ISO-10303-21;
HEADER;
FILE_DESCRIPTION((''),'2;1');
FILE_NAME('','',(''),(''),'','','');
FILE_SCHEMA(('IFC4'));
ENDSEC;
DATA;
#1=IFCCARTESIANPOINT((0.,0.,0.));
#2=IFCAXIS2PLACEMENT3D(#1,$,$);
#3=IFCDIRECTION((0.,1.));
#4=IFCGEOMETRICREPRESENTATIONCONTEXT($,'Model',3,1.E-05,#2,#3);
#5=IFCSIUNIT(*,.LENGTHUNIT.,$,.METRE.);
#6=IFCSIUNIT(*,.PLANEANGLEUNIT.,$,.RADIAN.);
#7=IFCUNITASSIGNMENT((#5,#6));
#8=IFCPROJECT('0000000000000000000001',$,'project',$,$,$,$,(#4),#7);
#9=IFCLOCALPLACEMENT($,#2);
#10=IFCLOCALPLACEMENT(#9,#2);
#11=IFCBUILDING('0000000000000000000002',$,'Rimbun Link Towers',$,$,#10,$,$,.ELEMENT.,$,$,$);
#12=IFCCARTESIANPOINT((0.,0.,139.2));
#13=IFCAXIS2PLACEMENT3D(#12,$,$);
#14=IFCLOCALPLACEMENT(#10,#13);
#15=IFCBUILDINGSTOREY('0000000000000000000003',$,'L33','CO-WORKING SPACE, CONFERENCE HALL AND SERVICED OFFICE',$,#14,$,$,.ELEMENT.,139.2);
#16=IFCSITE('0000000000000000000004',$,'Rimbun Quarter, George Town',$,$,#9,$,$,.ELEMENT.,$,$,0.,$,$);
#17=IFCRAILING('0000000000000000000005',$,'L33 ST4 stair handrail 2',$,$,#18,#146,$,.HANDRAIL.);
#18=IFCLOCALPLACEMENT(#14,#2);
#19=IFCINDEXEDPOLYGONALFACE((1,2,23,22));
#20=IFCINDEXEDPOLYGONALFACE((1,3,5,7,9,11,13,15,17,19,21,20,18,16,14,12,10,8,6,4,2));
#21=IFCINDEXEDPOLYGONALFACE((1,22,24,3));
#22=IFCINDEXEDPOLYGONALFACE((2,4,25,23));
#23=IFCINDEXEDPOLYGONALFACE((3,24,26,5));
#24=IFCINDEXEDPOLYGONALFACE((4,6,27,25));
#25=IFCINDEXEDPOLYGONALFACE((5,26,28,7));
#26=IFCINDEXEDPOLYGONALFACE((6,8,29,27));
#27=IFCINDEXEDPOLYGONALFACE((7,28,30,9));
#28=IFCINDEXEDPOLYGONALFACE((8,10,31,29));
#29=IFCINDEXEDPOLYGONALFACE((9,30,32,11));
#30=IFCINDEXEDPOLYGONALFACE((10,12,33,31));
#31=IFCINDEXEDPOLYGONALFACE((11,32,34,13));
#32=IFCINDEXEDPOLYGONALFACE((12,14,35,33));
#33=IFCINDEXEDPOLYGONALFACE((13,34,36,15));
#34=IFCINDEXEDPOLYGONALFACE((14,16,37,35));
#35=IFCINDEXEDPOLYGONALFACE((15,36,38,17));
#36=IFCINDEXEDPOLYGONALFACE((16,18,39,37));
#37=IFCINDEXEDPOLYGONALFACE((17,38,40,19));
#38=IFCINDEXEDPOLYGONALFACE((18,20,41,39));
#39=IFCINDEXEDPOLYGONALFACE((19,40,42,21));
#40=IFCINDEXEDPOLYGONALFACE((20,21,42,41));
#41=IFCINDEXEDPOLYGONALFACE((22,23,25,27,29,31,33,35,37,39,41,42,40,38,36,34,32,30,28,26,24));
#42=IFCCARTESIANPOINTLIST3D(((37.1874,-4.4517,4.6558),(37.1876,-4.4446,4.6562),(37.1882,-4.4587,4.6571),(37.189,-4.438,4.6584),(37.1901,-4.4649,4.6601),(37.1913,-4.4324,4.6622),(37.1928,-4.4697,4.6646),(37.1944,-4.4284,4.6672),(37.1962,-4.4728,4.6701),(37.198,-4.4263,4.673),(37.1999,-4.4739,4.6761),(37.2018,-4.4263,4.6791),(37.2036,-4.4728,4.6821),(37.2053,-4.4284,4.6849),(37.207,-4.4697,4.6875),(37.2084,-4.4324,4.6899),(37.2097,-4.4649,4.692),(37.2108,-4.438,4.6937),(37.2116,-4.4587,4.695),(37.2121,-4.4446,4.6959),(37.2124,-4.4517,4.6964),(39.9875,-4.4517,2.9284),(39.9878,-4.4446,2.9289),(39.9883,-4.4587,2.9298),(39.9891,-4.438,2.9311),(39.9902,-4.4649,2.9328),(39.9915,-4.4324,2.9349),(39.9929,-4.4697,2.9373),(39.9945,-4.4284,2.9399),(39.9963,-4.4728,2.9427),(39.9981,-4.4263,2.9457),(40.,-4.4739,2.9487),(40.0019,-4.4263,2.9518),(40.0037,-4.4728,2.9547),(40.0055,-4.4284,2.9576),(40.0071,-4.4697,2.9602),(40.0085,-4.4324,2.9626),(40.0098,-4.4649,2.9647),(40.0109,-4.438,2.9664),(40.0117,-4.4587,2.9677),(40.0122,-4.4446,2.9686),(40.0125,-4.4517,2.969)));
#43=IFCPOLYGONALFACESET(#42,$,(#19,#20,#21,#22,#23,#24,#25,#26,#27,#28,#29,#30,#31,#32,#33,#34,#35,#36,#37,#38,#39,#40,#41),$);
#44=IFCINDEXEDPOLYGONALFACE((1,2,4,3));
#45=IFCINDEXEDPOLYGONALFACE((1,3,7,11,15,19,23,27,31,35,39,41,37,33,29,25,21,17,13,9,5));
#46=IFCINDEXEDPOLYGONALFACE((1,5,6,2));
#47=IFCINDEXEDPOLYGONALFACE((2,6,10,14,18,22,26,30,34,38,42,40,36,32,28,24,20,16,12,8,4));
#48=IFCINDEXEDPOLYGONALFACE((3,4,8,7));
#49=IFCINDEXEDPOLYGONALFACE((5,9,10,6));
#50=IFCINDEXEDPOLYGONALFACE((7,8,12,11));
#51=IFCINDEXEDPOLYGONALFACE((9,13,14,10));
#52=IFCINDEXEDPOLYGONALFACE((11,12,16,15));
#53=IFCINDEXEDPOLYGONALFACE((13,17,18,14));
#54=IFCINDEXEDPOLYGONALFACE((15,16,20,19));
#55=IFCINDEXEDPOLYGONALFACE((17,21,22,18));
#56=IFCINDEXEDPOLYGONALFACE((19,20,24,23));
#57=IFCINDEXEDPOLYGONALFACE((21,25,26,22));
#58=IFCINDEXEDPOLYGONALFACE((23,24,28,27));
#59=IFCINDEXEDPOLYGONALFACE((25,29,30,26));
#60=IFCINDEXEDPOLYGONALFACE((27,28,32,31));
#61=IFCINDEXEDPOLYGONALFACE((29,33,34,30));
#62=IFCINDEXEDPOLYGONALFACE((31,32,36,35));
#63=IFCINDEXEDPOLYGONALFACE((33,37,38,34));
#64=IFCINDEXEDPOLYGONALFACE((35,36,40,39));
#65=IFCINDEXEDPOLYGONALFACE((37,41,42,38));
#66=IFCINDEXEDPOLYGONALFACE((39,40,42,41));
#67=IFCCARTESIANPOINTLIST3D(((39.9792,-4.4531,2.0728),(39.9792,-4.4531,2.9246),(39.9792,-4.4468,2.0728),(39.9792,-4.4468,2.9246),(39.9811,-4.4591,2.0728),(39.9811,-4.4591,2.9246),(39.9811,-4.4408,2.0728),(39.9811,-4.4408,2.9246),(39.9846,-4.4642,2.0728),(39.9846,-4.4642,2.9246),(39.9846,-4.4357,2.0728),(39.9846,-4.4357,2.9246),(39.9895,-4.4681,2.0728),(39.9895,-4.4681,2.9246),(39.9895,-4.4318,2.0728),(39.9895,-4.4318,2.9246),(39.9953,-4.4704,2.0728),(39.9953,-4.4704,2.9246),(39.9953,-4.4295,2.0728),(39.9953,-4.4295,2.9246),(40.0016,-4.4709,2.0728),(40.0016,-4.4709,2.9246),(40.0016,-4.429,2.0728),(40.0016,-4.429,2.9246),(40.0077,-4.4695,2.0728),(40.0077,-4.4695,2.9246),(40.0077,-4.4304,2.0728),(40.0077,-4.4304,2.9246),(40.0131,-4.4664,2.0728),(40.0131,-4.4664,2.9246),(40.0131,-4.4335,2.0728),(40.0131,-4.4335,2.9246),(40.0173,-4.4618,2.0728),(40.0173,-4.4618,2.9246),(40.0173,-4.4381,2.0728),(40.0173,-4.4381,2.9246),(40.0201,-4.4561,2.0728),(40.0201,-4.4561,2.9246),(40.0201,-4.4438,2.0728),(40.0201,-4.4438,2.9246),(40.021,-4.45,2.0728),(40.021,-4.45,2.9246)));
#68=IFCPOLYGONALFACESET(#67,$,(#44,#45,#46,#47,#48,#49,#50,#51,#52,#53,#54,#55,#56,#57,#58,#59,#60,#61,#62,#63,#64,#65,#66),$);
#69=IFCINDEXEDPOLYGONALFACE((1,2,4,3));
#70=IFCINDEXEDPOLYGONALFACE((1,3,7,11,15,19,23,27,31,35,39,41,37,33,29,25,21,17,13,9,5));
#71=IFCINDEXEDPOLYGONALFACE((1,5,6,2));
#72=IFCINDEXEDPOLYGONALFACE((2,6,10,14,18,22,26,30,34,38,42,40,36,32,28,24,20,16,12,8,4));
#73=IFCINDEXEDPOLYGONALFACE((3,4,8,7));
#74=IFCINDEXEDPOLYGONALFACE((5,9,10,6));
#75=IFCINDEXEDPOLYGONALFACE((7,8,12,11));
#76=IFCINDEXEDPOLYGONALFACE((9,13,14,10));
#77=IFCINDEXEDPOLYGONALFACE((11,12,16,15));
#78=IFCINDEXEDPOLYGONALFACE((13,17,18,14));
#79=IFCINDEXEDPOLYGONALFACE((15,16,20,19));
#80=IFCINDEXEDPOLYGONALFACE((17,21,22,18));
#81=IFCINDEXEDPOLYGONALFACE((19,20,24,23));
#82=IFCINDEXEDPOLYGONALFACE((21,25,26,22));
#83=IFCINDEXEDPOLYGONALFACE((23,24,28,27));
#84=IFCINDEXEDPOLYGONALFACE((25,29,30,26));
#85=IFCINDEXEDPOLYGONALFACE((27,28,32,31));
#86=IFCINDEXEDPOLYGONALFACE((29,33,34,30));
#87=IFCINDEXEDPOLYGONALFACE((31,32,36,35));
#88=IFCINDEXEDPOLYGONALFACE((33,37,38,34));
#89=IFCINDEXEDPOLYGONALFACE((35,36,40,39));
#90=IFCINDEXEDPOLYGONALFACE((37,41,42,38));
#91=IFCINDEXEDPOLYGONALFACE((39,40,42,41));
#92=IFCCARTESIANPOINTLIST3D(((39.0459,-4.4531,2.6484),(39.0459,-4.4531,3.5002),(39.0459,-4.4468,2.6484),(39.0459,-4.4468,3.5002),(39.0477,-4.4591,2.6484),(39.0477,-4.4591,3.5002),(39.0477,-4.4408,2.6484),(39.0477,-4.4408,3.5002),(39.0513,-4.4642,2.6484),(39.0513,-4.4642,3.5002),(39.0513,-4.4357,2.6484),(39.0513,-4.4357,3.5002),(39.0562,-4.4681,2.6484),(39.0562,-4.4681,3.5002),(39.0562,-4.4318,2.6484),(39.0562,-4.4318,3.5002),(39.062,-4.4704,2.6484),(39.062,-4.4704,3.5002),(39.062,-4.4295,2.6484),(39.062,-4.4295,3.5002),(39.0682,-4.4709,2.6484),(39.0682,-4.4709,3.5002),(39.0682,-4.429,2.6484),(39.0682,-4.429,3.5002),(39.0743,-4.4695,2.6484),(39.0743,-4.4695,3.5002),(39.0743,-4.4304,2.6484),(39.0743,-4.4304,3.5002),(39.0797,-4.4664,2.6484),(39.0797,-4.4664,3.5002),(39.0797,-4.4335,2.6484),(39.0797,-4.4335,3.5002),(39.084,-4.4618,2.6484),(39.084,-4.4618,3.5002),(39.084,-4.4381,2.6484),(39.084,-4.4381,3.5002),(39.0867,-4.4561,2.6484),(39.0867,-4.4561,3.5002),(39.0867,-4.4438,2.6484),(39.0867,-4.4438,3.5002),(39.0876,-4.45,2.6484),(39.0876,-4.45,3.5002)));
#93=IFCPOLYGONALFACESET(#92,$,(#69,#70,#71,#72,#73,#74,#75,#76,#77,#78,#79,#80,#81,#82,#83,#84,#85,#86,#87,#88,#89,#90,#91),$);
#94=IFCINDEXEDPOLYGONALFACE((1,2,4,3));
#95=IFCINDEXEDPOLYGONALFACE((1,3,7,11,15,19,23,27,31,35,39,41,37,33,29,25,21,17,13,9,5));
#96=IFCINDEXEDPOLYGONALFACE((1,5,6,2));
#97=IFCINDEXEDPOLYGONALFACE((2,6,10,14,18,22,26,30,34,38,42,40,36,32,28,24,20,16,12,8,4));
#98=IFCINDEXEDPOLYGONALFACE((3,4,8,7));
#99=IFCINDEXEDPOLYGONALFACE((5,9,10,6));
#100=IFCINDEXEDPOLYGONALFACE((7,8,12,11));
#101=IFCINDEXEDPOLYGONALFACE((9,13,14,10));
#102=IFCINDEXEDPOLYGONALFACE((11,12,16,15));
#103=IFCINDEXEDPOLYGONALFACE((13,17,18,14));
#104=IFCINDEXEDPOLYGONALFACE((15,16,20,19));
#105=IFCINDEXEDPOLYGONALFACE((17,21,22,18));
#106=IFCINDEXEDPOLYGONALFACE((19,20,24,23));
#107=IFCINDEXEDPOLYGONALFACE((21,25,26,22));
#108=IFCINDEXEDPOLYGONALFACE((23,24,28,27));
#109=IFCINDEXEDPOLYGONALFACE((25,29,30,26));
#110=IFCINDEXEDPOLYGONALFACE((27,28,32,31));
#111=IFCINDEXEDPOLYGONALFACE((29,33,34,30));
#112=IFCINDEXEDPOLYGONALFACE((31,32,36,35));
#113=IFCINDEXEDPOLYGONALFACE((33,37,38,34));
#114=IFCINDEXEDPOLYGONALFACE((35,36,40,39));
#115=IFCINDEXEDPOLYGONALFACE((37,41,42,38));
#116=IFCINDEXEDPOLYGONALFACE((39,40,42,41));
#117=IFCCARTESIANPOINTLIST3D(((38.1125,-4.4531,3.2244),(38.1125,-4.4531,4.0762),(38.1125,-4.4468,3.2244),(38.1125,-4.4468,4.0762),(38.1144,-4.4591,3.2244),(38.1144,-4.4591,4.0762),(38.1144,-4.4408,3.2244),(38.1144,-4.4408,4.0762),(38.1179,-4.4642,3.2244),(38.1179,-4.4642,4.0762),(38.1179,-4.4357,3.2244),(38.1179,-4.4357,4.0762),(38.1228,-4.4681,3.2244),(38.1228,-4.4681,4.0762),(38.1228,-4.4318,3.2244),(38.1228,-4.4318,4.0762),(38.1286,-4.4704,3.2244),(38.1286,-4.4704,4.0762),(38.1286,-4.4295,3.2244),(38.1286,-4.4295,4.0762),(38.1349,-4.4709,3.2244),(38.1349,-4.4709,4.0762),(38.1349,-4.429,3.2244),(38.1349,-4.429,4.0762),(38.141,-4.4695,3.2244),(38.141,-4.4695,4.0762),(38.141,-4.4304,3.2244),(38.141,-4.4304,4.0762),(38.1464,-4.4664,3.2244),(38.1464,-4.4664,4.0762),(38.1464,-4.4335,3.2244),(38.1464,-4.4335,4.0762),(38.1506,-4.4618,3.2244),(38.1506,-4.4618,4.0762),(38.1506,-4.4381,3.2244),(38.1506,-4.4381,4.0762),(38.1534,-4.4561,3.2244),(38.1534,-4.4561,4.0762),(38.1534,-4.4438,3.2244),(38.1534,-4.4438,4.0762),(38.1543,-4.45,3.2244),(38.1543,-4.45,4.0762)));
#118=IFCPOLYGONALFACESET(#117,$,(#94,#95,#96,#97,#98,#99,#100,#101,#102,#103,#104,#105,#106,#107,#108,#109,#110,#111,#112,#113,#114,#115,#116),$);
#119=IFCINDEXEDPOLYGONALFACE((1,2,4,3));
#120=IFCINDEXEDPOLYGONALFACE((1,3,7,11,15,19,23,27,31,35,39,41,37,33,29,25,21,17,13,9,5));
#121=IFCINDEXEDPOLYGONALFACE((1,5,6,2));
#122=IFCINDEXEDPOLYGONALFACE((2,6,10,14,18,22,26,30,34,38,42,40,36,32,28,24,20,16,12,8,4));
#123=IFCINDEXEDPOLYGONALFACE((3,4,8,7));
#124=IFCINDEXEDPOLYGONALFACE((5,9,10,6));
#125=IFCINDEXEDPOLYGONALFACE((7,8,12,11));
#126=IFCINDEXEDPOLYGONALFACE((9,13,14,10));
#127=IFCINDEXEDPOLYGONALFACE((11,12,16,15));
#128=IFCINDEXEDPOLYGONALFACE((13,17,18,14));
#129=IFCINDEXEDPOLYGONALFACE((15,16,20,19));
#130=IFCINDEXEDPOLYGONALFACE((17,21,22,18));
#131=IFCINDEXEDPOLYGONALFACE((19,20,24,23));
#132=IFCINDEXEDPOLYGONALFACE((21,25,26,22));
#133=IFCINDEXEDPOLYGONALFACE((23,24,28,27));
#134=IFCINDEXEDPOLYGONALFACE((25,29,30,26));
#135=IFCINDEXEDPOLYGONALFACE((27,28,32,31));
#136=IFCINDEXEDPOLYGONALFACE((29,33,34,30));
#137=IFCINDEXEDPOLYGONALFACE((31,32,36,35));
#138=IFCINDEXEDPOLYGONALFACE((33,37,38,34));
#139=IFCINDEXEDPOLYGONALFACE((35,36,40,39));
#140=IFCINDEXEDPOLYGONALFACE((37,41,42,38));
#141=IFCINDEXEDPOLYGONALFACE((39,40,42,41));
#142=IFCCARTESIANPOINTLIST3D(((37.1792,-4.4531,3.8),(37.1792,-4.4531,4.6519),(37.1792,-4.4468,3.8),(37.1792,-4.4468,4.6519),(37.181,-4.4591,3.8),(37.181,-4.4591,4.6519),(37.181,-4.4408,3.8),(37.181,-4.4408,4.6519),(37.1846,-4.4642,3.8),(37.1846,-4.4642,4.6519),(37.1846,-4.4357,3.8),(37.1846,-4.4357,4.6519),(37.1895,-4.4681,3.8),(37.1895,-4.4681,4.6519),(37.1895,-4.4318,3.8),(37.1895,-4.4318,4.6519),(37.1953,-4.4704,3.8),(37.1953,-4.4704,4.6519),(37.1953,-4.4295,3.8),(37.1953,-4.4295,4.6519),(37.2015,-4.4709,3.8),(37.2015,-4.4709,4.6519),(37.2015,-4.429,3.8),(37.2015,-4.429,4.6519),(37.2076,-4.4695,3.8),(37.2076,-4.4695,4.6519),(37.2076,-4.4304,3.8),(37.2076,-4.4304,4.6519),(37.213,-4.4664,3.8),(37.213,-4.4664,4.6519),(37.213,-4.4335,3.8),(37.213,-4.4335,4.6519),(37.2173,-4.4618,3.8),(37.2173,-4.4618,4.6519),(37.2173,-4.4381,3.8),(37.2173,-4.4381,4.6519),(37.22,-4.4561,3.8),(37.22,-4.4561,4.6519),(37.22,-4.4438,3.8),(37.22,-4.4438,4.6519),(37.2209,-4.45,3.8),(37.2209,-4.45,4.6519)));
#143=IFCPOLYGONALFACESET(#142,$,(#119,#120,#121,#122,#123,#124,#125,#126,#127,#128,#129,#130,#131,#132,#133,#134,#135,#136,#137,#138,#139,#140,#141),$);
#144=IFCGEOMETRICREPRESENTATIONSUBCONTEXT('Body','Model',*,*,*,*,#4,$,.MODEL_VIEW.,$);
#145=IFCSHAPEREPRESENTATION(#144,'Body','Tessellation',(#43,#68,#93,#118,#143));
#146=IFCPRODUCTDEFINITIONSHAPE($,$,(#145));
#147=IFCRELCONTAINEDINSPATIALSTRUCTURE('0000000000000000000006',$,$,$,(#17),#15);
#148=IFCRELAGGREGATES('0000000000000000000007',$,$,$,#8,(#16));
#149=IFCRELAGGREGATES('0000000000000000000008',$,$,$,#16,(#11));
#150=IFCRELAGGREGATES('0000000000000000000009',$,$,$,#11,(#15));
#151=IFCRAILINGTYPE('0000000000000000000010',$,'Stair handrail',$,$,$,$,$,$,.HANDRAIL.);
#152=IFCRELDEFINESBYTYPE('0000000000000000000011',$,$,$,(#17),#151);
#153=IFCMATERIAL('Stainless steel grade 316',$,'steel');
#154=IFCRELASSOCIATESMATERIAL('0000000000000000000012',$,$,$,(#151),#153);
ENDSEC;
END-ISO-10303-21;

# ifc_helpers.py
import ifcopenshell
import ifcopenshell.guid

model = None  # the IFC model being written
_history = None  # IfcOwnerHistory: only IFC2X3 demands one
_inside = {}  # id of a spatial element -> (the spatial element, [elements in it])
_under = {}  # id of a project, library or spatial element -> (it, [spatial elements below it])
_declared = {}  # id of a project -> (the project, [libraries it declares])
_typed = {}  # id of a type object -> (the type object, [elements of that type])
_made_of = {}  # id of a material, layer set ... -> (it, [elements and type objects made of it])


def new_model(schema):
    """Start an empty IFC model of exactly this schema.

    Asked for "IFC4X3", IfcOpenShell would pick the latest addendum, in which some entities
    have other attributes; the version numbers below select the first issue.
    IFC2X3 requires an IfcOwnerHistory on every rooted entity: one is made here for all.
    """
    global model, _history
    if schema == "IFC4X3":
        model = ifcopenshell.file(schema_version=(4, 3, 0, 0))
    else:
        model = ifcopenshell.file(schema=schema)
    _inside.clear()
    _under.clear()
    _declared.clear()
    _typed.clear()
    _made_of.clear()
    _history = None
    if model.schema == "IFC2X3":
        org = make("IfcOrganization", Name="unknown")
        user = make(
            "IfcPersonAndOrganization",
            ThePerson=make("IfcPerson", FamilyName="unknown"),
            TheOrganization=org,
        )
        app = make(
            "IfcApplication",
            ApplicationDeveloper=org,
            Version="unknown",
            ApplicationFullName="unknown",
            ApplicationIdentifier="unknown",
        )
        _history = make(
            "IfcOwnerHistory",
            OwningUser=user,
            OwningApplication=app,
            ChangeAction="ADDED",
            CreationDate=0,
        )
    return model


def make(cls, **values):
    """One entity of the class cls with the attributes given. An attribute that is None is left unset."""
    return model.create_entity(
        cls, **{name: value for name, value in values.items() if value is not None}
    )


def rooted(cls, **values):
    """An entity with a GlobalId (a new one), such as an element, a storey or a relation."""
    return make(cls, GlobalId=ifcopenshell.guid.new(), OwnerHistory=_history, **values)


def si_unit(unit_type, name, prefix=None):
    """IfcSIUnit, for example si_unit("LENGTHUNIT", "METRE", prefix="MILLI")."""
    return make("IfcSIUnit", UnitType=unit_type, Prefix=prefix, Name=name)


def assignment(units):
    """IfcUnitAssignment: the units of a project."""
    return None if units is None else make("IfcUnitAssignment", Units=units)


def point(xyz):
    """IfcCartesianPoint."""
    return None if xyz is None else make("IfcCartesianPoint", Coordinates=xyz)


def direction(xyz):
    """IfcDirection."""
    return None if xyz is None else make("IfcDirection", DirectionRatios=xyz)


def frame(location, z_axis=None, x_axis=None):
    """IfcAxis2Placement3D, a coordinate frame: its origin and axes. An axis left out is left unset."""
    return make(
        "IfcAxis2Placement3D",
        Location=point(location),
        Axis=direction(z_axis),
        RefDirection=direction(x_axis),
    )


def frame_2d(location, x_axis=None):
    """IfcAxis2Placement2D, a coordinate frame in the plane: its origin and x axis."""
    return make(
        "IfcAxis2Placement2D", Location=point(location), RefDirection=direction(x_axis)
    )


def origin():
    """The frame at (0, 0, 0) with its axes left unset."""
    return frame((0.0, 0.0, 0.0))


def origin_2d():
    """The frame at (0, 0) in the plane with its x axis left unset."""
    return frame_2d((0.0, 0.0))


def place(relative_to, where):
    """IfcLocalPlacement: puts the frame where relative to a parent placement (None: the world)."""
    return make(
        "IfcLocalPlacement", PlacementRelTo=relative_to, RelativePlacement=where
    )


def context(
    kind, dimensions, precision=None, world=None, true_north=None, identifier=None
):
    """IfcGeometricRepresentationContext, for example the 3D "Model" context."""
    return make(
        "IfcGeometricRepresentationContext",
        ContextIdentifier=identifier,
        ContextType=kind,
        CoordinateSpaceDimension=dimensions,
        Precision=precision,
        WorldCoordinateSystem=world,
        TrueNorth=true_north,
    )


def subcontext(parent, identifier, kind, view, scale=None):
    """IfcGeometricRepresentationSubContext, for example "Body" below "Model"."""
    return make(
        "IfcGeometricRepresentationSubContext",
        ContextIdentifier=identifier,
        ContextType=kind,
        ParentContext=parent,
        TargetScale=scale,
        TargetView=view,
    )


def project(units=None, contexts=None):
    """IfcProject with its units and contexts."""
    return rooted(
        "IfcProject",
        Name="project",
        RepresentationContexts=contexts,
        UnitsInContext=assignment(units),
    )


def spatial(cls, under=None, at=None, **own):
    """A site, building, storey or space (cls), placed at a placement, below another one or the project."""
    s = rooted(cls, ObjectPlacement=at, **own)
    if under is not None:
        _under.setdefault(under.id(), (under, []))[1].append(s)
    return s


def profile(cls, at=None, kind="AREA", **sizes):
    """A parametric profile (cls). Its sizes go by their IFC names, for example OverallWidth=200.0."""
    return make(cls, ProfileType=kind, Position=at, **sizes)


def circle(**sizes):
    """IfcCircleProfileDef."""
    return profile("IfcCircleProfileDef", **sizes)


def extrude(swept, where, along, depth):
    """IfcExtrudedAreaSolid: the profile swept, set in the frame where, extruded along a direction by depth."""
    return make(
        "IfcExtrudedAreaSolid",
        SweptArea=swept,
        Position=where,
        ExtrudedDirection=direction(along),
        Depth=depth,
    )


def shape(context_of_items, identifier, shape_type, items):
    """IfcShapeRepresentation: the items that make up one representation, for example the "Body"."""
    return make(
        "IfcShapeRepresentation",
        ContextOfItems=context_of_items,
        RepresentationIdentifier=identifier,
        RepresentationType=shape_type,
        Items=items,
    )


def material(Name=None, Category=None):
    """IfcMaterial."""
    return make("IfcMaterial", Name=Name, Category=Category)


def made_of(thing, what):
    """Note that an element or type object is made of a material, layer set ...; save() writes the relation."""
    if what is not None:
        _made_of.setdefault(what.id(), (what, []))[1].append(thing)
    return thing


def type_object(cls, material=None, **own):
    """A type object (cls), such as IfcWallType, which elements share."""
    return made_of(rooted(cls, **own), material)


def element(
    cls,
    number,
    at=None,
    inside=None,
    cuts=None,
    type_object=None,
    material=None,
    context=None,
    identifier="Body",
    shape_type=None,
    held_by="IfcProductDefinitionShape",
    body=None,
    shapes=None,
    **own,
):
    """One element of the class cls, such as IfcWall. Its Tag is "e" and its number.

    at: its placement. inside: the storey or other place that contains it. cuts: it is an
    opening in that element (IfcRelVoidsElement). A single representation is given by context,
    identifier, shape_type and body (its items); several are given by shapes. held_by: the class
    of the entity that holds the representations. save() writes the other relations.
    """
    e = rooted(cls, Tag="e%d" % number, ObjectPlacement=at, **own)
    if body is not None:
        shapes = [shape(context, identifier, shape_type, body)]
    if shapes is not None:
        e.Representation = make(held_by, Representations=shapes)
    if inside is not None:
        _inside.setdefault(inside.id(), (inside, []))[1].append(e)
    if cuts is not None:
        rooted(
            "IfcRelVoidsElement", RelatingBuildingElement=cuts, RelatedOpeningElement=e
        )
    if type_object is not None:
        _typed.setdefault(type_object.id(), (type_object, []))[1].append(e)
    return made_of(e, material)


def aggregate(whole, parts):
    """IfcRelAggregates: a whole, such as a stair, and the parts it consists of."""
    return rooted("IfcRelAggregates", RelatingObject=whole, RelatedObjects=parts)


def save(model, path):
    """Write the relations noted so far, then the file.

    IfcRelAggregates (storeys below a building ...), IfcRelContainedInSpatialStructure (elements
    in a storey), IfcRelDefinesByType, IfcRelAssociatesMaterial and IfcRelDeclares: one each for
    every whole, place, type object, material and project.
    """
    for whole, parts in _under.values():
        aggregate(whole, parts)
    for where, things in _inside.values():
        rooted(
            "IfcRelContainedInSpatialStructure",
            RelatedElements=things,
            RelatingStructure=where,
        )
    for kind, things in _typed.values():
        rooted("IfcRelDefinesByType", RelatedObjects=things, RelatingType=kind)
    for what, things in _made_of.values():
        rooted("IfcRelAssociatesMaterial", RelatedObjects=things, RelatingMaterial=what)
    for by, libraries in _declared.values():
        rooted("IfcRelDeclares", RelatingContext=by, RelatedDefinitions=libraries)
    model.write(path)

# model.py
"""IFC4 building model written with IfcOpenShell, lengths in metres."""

from ifc_helpers import new_model, si_unit, direction, frame, origin, origin_2d, place, context, subcontext, project, spatial, circle, extrude, material, type_object, element, save


model = new_model("IFC4")

# Units and contexts
model_context = context("Model", 3, precision=1e-05, world=origin(), true_north=direction((0.0, 1.0)))
body_context = subcontext(model_context, "Body", "Model", "MODEL_VIEW")
ifc_project = project(units=[si_unit("LENGTHUNIT", "METRE"), si_unit("PLANEANGLEUNIT", "RADIAN")], contexts=[model_context])

# Site, building, storey
site_placement = place(None, origin())
site = spatial("IfcSite", under=ifc_project, at=site_placement, Name="Rimbun Quarter, George Town", CompositionType="ELEMENT", RefElevation=0.0)
building_placement = place(site_placement, origin())
building = spatial("IfcBuilding", under=site, at=building_placement, Name="Rimbun Link Towers", CompositionType="ELEMENT")
storey_placement = place(building_placement, frame((0.0, 0.0, 139.2)))
storey = spatial("IfcBuildingStorey", under=building, at=storey_placement, Name="L33", Description="CO-WORKING SPACE, CONFERENCE HALL AND SERVICED OFFICE", CompositionType="ELEMENT", Elevation=139.2)

# Railing
ifc_material_1 = material(Name="Stainless steel grade 316", Category="steel")
railing_type_1 = type_object("IfcRailingType", Name="Stair handrail", PredefinedType="HANDRAIL", material=ifc_material_1)
railing_1_placement = place(storey_placement, frame((40.0, -4.45, 2.0728)))
element("IfcRailing", 1, at=railing_1_placement, inside=storey, type_object=railing_type_1, Name="L33 ST4 stair handrail 2", PredefinedType="HANDRAIL", context=body_context, shape_type="SweptSolid", body=[
    extrude(circle(Radius=0.0239, at=origin_2d()), frame((0.0, 0.0, 0.876), z_axis=(-0.85109, 0.0, 0.52502), x_axis=(0.0, -1.0, 0.0)), (0.0, 0.0, 1.0), 3.29),
    extrude(circle(Radius=0.021, at=origin_2d()), origin(), (0.0, 0.0, 1.0), 0.8518),
    extrude(circle(Radius=0.021, at=origin_2d()), frame((-0.9333, 0.0, 0.5757)), (0.0, 0.0, 1.0), 0.8518),
    extrude(circle(Radius=0.021, at=origin_2d()), frame((-1.8667, 0.0, 1.1516)), (0.0, 0.0, 1.0), 0.8518),
    extrude(circle(Radius=0.021, at=origin_2d()), frame((-2.8, 0.0, 1.7273)), (0.0, 0.0, 1.0), 0.8518),
])

save(model, "model.ifc")
